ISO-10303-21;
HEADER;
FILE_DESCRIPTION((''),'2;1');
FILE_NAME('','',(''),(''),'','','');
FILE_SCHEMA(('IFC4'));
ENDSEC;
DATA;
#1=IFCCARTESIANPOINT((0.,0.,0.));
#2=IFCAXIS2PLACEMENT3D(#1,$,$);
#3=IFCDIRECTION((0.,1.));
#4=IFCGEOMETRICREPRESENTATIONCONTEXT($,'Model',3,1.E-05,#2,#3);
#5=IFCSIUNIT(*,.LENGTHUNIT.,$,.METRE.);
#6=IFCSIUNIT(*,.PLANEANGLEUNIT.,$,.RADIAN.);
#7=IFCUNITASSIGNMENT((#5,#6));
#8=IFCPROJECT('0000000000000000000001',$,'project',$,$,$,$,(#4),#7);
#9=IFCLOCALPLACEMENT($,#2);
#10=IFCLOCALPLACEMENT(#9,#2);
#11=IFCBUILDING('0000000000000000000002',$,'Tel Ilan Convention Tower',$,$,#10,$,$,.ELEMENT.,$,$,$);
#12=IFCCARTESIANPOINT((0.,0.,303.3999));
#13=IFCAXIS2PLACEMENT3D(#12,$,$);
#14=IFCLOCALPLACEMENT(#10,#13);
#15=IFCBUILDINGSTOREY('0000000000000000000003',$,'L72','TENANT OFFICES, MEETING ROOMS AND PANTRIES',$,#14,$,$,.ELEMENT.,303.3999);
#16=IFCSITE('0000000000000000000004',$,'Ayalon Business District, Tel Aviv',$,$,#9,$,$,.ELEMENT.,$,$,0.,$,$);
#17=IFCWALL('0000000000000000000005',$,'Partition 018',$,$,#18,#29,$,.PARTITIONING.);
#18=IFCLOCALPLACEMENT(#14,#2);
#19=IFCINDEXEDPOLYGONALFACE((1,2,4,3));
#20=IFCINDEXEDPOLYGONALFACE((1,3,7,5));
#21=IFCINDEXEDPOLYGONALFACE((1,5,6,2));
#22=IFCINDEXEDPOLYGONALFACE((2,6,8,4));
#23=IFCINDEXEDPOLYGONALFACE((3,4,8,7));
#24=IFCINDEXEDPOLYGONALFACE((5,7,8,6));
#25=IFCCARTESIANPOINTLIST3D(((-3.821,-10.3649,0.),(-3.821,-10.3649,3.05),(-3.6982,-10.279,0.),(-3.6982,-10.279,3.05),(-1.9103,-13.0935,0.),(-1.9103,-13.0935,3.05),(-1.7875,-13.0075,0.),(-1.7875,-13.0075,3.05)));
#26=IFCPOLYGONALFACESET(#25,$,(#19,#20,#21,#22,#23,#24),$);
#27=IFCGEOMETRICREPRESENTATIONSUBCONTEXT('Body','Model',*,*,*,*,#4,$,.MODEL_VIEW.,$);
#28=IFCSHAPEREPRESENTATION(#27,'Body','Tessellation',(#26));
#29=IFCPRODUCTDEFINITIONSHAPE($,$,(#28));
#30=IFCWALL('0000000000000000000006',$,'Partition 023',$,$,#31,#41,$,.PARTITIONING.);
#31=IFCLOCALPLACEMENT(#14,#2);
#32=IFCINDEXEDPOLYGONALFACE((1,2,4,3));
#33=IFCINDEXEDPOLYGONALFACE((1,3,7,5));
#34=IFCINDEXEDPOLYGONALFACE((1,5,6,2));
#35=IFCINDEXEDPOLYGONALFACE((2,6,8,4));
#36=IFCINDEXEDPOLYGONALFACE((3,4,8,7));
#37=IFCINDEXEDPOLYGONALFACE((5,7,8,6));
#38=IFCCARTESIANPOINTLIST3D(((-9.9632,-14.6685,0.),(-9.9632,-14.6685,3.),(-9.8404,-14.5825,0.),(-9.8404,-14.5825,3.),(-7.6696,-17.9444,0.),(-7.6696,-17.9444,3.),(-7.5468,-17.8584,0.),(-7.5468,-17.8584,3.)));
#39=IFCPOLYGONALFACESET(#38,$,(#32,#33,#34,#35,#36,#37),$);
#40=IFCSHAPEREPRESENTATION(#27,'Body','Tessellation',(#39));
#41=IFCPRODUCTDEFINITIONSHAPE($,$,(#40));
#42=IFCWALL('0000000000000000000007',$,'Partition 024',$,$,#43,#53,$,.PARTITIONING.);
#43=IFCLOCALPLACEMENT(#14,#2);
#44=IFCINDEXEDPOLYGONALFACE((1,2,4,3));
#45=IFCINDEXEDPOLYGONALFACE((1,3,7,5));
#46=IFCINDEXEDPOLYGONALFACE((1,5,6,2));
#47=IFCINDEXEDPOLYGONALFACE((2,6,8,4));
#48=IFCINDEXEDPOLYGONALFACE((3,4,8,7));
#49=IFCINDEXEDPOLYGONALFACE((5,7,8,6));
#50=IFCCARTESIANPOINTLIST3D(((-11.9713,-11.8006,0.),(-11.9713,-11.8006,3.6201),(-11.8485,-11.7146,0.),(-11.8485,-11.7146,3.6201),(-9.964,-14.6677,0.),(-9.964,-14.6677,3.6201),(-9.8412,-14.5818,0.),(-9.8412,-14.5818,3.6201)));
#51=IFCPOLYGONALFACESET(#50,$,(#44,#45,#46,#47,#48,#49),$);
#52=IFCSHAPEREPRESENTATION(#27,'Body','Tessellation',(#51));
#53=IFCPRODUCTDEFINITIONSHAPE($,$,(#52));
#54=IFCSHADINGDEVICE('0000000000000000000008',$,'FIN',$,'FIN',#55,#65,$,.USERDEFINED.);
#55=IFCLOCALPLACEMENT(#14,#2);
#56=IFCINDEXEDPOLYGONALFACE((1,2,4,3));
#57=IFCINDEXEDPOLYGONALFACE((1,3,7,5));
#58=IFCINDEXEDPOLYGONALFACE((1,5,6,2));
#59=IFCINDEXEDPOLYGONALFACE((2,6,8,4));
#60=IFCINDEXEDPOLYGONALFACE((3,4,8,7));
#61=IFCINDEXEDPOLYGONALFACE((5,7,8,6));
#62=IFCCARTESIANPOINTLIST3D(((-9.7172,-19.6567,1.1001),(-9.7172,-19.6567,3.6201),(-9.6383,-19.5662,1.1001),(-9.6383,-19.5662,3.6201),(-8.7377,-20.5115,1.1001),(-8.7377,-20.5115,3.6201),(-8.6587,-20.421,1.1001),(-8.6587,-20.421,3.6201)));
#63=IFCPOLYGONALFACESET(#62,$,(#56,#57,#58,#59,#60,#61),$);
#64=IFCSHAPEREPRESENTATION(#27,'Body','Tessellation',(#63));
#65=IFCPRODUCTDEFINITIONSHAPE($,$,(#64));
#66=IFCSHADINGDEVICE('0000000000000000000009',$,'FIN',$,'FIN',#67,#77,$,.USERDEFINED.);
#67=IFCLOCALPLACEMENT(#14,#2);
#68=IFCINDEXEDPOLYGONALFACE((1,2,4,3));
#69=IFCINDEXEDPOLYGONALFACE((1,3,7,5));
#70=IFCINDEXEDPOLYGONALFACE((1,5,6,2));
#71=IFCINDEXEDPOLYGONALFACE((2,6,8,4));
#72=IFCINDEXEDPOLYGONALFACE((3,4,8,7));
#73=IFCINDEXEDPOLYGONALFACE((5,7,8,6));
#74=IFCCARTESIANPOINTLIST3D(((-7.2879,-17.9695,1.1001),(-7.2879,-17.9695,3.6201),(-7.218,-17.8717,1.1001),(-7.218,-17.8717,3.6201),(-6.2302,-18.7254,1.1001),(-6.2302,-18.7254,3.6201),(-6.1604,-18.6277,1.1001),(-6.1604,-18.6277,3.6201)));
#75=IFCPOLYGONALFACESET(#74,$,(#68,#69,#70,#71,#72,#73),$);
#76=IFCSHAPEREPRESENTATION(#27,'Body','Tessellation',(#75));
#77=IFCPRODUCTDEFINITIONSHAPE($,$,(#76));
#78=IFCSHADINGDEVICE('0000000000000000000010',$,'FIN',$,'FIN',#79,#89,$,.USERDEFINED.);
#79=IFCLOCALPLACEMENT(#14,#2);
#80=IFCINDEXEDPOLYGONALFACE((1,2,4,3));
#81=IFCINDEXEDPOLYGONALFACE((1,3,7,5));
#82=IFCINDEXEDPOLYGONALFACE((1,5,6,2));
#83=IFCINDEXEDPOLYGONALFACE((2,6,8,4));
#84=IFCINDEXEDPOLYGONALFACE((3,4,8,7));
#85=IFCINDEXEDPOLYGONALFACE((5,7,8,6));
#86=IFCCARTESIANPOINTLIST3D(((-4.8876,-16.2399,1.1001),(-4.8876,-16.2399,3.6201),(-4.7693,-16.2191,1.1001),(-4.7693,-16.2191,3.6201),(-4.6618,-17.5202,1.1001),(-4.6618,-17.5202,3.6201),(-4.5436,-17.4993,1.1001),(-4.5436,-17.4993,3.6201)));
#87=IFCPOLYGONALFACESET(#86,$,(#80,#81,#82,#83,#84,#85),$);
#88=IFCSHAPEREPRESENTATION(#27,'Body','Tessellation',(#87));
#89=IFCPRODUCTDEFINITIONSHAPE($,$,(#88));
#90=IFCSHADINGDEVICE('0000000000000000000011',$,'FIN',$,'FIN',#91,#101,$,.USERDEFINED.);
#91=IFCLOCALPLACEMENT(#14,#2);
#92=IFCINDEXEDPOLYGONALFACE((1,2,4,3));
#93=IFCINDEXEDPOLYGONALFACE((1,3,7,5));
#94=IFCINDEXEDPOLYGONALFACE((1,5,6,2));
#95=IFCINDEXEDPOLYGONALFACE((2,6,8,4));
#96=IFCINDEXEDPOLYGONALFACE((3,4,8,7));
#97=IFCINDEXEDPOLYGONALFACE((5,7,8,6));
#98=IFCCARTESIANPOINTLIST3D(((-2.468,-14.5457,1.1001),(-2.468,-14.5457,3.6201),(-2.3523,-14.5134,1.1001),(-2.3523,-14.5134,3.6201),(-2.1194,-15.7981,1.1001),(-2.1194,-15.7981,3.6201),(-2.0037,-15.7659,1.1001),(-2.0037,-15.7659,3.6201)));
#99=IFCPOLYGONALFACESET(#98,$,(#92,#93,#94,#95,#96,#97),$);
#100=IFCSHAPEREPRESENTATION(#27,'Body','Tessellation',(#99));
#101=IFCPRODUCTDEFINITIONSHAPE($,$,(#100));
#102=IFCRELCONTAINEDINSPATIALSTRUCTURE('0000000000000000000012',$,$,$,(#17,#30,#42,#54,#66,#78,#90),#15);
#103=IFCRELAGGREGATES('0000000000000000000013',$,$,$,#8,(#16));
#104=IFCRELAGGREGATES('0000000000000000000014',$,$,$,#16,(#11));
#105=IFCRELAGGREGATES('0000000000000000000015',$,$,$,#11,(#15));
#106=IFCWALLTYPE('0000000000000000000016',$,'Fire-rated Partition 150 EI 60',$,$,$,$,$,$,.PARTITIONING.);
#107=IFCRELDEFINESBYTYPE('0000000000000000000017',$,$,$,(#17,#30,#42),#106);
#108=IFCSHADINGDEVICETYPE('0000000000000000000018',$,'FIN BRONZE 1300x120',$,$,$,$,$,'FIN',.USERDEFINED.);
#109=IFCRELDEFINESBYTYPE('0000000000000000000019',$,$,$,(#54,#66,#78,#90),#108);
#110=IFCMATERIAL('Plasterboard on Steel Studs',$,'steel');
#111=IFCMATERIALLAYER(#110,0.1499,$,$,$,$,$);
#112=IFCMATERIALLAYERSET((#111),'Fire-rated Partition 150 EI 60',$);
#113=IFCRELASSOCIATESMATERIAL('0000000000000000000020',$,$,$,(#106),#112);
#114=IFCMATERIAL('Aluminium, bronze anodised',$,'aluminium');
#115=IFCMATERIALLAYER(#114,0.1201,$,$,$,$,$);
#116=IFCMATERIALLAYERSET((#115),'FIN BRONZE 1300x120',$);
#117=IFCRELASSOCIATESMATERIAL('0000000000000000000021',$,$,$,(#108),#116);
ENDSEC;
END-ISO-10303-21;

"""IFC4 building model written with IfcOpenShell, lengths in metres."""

from ifc_helpers import new_model, si_unit, direction, frame, frame_2d, origin, origin_2d, place, context, subcontext, project, spatial, rectangle, extrude, material, layer, layer_set, type_object, element, save


model = new_model("IFC4")

# Units and contexts
model_context = context("Model", 3, precision=1e-05, world=origin(), true_north=direction((0.0, 1.0)))
body_context = subcontext(model_context, "Body", "Model", "MODEL_VIEW")
ifc_project = project(units=[si_unit("LENGTHUNIT", "METRE"), si_unit("PLANEANGLEUNIT", "RADIAN")], contexts=[model_context])

# Site, building, storey
site_placement = place(None, origin())
site = spatial("IfcSite", under=ifc_project, at=site_placement, Name="Ayalon Business District, Tel Aviv", CompositionType="ELEMENT", RefElevation=0.0)
building_placement = place(site_placement, origin())
building = spatial("IfcBuilding", under=site, at=building_placement, Name="Tel Ilan Convention Tower", CompositionType="ELEMENT")
storey_placement = place(building_placement, frame((0.0, 0.0, 303.3999)))
storey = spatial("IfcBuildingStorey", under=building, at=storey_placement, Name="L72", Description="TENANT OFFICES, MEETING ROOMS AND PANTRIES", CompositionType="ELEMENT", Elevation=303.3999)

# Walls
ifc_material_1 = material(Name="Plasterboard on Steel Studs", Category="steel")
ifc_layer_1 = layer(ifc_material_1, 0.1499)
ifc_layer_set_1 = layer_set([ifc_layer_1], Name="Fire-rated Partition 150 EI 60")
wall_type = type_object("IfcWallType", Name="Fire-rated Partition 150 EI 60", PredefinedType="PARTITIONING", material=ifc_layer_set_1)
wall_1_placement = place(storey_placement, frame((-1.8489, -13.0505, 0.0), z_axis=(0.0, 0.0, 1.0), x_axis=(-0.5736, 0.819135, 0.0)))
element("IfcWall", 1, at=wall_1_placement, inside=storey, type_object=wall_type, Name="Partition 018", PredefinedType="PARTITIONING", context=body_context, shape_type="SweptSolid", body=[
    extrude(rectangle(XDim=3.3311, YDim=0.1499, at=frame_2d((1.6655, 0.0))), origin(), (0.0, 0.0, 1.0), 3.05),
])
wall_2_placement = place(storey_placement, frame((-7.6082, -17.9014, 0.0), z_axis=(0.0, 0.0, 1.0), x_axis=(-0.573561, 0.819163, 0.0)))
element("IfcWall", 2, at=wall_2_placement, inside=storey, type_object=wall_type, Name="Partition 023", PredefinedType="PARTITIONING", context=body_context, shape_type="SweptSolid", body=[
    extrude(rectangle(XDim=3.999, YDim=0.1499, at=frame_2d((1.9995, 0.0))), origin(), (0.0, 0.0, 1.0), 3.0),
])
wall_3_placement = place(storey_placement, frame((-9.9026, -14.6248, 0.0), z_axis=(0.0, 0.0, 1.0), x_axis=(-0.573519, 0.819193, 0.0)))
element("IfcWall", 3, at=wall_3_placement, inside=storey, type_object=wall_type, Name="Partition 024", PredefinedType="PARTITIONING", context=body_context, shape_type="SweptSolid", body=[
    extrude(rectangle(XDim=3.5, YDim=0.1499, at=frame_2d((1.75, 0.0))), origin(), (0.0, 0.0, 1.0), 3.6201),
])

# Shading devices
ifc_material_2 = material(Name="Aluminium, bronze anodised", Category="aluminium")
ifc_layer_2 = layer(ifc_material_2, 0.1201)
ifc_layer_set_2 = layer_set([ifc_layer_2], Name="FIN BRONZE 1300x120")
shading_device_type = type_object("IfcShadingDeviceType", Name="FIN BRONZE 1300x120", ElementType="FIN", PredefinedType="USERDEFINED", material=ifc_layer_set_2)
for number, where, z_axis, x_axis, name in (
    (4, (-9.188, -20.0388, 1.1001), (0.0, 0.0, 1.0), (0.753436, -0.657521, 0.0), "FIN"),
    (5, (-6.7241, -18.2986, 1.1001), (0.0, 0.0, 1.0), (0.813552, -0.581492, 0.0), "FIN"),
    (6, (-4.7156, -16.8696, 1.1001), (0.0, 0.0, 1.0), (0.173648, -0.984808, 0.0), "FIN"),
    (7, (-2.2358, -15.1558, 1.1001), (0.0, 0.0, 1.0), (0.268173, -0.963371, 0.0), "FIN"),
):
    element("IfcShadingDevice", number, at=place(storey_placement, frame(where, z_axis=z_axis, x_axis=x_axis)), inside=storey, type_object=shading_device_type, Name=name, ObjectType="FIN", PredefinedType="USERDEFINED", context=body_context, shape_type="SweptSolid", body=[
        extrude(rectangle(XDim=1.3, YDim=0.1201, at=origin_2d()), origin(), (0.0, 0.0, 1.0), 2.52),
    ])

save(model, "model.ifc")
